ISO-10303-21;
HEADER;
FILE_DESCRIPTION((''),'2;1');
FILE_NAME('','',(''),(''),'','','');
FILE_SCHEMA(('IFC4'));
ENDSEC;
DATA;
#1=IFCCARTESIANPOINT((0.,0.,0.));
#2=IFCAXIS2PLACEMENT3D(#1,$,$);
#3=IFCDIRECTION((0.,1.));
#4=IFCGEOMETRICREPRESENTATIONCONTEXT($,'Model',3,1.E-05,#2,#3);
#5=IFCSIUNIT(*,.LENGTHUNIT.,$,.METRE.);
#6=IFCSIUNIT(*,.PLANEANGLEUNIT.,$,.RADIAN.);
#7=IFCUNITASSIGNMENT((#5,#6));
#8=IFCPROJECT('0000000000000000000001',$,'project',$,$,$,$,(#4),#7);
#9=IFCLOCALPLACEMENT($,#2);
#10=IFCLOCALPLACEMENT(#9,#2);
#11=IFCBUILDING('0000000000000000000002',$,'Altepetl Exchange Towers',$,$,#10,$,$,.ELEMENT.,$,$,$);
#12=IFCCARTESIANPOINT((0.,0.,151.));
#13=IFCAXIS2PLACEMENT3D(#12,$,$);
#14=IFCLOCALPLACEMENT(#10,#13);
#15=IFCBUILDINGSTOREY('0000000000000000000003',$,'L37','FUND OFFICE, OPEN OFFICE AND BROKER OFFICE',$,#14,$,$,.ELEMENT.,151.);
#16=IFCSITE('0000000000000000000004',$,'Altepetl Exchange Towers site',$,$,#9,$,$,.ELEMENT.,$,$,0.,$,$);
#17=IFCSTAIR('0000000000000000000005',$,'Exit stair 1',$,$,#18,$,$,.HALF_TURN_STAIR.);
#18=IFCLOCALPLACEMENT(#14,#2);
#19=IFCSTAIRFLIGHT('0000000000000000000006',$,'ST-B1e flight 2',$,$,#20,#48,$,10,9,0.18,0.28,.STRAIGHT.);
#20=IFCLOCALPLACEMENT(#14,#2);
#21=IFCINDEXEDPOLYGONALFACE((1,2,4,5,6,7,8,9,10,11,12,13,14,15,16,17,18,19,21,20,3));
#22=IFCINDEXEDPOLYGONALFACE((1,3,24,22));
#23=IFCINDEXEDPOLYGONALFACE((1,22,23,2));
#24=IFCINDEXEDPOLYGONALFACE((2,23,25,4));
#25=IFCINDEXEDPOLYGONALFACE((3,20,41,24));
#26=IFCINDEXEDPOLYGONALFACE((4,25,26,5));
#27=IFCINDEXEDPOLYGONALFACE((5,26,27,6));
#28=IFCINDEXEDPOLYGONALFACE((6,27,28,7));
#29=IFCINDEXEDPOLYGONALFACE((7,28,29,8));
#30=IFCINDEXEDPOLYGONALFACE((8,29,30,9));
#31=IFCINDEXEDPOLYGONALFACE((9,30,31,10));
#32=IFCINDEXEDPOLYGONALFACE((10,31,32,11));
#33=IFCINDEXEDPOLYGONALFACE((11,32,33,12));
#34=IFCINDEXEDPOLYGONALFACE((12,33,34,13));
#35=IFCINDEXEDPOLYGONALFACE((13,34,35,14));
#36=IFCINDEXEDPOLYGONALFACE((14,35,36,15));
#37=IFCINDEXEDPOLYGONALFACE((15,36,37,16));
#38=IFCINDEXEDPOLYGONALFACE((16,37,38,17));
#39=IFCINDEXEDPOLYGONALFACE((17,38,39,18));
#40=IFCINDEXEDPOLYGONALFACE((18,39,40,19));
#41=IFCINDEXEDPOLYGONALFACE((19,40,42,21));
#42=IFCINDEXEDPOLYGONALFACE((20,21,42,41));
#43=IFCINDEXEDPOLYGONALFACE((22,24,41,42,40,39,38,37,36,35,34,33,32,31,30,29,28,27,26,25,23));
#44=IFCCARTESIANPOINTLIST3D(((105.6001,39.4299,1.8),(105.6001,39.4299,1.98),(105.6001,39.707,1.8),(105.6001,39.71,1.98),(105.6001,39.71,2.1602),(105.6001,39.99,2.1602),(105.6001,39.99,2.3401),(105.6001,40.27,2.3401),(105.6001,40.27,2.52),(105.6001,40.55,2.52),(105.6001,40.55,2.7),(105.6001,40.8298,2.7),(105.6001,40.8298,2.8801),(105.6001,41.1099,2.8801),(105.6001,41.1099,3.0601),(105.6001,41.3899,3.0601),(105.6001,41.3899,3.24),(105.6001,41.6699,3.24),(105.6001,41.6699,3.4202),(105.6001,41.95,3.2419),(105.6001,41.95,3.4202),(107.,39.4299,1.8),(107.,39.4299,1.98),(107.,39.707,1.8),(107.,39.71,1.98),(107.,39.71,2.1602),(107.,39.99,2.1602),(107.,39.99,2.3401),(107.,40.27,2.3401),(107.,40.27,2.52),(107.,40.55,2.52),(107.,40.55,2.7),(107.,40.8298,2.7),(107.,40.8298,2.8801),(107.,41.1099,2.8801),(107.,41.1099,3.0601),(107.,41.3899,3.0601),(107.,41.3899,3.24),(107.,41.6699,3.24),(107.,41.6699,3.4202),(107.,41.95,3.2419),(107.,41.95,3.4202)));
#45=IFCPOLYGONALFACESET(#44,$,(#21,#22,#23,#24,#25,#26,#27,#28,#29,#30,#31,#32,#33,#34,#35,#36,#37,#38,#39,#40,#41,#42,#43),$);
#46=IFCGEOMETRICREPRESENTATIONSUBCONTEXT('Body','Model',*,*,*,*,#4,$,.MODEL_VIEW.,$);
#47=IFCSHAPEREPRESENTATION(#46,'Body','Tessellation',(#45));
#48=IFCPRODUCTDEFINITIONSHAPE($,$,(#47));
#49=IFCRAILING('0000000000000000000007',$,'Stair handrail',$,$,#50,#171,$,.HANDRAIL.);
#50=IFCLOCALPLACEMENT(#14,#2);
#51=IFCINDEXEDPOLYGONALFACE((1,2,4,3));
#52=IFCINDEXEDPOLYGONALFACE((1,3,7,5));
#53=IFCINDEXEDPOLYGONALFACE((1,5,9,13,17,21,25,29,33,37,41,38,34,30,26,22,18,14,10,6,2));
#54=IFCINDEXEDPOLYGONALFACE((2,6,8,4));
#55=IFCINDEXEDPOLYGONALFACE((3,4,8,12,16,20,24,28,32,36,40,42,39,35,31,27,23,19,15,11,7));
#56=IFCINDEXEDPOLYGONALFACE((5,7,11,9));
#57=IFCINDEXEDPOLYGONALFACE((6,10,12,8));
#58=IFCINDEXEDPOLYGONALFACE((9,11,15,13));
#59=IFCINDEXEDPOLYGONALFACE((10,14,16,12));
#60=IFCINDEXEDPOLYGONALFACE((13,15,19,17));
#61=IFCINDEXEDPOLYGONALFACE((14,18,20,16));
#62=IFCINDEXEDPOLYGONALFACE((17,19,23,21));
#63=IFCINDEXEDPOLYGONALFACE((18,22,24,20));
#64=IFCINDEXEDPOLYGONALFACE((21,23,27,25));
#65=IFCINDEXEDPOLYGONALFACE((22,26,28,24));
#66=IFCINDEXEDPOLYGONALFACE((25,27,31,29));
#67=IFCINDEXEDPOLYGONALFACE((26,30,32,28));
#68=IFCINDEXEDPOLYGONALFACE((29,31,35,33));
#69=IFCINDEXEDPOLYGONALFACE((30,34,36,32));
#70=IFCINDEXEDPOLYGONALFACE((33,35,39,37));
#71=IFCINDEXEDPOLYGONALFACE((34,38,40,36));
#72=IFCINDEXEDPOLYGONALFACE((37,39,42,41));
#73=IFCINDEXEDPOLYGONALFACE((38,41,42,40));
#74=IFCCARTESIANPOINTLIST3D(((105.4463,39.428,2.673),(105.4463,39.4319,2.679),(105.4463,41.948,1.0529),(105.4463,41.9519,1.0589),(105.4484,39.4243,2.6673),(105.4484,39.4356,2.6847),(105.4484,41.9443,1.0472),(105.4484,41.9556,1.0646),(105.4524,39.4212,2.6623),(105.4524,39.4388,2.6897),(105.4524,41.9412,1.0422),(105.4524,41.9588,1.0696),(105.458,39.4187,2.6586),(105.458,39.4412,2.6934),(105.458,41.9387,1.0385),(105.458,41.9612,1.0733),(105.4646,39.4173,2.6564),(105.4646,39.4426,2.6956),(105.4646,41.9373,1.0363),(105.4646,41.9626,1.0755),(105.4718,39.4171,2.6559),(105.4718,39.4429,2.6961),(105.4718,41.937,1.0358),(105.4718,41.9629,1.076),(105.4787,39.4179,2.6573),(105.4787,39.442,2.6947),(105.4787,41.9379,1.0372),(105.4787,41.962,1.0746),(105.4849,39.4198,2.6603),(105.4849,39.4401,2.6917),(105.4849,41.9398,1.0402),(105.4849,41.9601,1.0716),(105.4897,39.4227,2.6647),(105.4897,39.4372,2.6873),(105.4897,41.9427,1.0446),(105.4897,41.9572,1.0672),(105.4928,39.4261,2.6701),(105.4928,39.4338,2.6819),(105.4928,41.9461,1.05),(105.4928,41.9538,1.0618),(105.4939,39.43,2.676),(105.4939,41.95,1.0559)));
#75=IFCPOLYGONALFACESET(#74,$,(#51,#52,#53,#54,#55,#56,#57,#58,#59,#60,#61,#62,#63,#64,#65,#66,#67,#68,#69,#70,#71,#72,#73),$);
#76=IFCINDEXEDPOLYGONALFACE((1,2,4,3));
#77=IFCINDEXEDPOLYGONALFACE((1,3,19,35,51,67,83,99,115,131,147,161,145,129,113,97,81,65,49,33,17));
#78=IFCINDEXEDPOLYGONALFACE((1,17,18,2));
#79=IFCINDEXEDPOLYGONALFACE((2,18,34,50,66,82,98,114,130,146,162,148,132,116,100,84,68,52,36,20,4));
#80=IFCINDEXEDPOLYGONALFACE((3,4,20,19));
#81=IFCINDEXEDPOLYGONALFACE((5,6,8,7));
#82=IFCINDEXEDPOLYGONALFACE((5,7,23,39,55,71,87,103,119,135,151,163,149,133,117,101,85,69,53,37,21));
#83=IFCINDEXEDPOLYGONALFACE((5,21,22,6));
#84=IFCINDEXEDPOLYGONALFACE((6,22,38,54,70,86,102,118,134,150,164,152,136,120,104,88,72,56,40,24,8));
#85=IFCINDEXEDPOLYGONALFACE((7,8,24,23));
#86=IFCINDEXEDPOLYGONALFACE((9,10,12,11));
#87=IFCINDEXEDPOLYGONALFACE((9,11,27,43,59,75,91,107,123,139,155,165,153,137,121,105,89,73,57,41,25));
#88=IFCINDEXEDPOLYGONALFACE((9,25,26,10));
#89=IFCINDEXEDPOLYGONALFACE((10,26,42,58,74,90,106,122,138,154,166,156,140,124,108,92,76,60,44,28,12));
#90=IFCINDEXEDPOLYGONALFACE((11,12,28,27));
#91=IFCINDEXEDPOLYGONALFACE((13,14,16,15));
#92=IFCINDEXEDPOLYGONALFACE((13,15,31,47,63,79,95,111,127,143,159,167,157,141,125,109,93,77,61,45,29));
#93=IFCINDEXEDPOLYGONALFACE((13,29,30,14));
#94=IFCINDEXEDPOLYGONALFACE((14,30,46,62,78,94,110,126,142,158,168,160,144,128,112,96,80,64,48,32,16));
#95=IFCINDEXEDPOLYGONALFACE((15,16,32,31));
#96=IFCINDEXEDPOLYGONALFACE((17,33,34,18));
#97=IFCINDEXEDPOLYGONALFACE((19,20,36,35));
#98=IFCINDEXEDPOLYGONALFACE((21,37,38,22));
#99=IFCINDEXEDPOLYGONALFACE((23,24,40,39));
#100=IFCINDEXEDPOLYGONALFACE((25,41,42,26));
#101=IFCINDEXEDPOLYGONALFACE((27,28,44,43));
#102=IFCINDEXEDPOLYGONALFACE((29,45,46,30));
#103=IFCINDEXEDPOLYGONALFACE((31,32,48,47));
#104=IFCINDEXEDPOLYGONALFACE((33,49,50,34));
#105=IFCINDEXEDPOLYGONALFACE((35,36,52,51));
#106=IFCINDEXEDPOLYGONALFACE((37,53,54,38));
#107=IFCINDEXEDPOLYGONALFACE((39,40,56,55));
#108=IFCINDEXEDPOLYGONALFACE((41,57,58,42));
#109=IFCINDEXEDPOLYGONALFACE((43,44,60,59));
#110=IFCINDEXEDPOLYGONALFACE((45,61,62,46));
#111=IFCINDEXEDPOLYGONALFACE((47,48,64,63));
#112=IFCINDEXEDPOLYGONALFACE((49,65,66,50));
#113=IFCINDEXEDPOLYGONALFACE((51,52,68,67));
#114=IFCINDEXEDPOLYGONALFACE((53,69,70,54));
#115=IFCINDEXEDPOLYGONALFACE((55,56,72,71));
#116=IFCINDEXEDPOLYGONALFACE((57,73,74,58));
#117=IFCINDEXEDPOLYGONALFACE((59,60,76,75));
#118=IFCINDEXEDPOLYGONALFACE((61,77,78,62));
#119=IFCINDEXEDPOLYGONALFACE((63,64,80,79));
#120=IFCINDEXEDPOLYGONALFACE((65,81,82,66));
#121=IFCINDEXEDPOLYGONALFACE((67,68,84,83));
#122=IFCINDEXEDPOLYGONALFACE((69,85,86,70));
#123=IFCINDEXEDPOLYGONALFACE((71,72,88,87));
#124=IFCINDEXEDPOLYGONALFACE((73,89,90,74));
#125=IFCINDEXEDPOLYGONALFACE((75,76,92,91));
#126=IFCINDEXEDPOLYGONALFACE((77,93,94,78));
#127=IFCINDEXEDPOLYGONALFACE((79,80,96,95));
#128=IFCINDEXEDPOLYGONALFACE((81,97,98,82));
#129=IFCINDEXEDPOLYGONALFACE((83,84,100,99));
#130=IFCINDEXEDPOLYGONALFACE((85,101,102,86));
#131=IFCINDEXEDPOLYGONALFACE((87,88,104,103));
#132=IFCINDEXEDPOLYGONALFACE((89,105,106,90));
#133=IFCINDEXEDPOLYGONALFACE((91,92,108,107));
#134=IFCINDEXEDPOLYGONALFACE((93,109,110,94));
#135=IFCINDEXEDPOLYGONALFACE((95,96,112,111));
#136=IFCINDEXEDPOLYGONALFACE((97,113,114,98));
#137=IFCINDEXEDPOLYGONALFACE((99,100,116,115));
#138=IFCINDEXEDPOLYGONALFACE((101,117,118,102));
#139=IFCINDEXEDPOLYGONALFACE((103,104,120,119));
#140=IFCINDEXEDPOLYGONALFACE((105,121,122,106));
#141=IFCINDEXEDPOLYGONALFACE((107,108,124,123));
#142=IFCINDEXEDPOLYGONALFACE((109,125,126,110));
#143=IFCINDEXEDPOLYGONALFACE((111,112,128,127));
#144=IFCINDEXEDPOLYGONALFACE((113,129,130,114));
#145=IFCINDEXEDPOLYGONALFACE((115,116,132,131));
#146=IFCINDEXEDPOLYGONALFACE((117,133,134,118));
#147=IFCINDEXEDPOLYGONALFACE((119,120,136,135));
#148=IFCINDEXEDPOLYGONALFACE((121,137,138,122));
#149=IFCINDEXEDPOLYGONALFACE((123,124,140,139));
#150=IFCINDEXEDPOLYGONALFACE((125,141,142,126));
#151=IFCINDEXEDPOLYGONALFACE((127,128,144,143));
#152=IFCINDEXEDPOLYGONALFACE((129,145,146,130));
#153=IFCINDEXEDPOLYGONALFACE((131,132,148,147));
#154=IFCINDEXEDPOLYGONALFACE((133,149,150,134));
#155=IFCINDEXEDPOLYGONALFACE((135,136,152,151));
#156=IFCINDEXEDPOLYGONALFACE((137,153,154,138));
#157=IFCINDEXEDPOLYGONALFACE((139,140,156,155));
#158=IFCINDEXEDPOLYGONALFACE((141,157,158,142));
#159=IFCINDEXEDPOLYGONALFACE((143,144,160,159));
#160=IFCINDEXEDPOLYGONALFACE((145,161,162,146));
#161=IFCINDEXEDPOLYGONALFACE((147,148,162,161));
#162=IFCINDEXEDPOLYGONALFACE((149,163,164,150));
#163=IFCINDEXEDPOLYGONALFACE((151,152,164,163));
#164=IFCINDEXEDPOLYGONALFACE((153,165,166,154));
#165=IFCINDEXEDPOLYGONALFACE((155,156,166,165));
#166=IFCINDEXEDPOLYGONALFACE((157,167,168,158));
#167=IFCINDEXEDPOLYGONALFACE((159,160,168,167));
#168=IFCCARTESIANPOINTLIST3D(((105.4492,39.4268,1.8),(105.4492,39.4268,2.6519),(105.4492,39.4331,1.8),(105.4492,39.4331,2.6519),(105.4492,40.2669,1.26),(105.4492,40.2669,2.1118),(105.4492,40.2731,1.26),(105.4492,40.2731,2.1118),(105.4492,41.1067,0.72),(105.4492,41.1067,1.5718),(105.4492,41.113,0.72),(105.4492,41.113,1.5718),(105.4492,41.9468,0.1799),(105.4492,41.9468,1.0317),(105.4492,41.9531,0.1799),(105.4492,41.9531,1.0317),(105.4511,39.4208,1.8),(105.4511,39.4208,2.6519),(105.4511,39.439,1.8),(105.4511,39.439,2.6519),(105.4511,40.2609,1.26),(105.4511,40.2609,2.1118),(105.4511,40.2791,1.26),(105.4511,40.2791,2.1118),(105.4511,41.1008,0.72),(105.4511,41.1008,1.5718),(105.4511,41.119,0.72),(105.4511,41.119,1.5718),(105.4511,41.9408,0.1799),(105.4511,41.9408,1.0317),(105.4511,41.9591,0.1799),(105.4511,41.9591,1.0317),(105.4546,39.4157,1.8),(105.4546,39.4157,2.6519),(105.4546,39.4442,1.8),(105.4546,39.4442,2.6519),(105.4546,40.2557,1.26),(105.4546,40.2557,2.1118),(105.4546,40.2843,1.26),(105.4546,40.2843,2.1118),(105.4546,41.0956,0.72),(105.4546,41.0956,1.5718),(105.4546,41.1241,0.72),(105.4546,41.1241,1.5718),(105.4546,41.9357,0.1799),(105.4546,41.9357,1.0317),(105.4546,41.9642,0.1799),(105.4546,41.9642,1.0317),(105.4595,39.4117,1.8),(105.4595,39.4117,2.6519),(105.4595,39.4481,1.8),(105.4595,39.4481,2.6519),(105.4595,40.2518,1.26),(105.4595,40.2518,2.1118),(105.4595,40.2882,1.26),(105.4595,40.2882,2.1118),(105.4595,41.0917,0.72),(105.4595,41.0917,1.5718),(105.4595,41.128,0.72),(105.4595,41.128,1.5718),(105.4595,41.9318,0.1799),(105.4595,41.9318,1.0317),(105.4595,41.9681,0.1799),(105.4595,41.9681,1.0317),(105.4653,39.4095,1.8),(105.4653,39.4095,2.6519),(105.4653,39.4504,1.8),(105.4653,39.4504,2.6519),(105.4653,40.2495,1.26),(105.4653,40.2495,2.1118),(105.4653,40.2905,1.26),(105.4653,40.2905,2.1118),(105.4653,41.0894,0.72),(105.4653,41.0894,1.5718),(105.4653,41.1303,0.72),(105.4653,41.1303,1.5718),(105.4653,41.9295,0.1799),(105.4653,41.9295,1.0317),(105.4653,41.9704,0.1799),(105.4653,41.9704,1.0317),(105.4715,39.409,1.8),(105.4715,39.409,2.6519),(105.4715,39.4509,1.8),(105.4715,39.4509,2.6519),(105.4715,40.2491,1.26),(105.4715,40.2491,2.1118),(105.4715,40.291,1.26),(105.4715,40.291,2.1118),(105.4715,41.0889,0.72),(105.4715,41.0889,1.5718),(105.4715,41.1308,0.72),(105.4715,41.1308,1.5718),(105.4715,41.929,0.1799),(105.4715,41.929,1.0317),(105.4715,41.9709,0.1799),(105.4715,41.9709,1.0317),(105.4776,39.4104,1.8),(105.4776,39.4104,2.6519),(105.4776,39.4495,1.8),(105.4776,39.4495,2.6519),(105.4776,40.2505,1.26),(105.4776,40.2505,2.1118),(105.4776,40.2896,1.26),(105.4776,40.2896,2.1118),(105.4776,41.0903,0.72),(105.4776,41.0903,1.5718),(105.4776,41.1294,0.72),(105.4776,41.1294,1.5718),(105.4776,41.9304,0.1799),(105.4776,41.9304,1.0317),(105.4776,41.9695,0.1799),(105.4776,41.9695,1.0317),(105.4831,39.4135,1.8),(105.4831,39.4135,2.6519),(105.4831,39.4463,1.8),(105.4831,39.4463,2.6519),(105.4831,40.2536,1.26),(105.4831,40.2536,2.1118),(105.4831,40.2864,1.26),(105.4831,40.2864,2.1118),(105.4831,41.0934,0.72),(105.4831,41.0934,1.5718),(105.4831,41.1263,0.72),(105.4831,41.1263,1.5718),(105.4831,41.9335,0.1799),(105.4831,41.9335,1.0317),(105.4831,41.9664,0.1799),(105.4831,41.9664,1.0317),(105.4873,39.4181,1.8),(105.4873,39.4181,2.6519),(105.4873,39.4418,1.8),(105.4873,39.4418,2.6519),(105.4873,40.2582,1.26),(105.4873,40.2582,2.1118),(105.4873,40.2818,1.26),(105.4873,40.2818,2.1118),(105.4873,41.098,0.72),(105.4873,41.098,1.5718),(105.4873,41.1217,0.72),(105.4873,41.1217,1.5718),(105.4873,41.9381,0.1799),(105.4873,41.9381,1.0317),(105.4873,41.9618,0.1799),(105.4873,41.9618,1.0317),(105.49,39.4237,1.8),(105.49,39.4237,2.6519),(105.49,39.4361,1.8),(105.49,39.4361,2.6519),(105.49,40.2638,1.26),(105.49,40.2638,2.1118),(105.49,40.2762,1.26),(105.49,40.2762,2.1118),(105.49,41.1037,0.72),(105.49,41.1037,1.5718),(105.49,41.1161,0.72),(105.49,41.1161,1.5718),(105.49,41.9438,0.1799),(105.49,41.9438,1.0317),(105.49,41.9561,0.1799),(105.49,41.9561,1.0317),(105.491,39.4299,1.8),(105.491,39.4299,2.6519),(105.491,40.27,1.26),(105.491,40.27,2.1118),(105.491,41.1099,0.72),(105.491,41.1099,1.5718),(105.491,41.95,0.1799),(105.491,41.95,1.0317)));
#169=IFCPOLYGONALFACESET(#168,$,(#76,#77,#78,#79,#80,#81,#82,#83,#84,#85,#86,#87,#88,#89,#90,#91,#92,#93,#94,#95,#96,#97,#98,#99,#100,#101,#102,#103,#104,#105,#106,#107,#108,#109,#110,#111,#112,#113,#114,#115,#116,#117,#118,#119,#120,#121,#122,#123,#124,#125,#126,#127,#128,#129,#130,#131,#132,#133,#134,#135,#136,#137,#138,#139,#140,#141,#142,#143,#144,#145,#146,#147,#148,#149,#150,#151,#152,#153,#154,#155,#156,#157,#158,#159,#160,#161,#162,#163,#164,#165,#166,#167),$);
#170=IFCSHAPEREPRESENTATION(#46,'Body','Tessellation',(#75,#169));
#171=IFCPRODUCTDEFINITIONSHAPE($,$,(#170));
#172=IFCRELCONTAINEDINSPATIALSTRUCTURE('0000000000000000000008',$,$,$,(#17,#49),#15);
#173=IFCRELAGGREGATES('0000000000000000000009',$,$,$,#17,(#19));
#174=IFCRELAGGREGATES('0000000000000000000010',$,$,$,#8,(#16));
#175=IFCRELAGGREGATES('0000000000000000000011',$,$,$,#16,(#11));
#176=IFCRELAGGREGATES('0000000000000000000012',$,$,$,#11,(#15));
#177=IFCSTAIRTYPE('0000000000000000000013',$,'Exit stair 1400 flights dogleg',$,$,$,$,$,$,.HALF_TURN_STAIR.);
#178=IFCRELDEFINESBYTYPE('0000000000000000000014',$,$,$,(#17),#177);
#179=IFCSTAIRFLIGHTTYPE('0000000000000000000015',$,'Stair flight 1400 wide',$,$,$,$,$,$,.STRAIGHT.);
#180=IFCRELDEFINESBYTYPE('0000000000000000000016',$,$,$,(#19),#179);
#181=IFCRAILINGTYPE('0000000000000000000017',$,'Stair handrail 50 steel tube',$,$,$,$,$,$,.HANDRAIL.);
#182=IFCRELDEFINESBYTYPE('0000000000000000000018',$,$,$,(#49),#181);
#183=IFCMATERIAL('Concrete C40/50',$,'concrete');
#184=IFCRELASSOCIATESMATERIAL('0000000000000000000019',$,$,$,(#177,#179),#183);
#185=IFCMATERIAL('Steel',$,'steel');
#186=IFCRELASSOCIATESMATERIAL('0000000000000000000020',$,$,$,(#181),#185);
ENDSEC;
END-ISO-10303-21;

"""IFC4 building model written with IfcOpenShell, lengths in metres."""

from ifc_helpers import new_model, si_unit, direction, frame, origin, origin_2d, place, context, subcontext, project, spatial, polyline, circle, outline, extrude, source, transform, mapped, material, type_object, element, aggregate, save


model = new_model("IFC4")

# Units and contexts
model_context = context("Model", 3, precision=1e-05, world=origin(), true_north=direction((0.0, 1.0)))
body_context = subcontext(model_context, "Body", "Model", "MODEL_VIEW")
ifc_project = project(units=[si_unit("LENGTHUNIT", "METRE"), si_unit("PLANEANGLEUNIT", "RADIAN")], contexts=[model_context])

# Site, building, storey
site_placement = place(None, origin())
site = spatial("IfcSite", under=ifc_project, at=site_placement, Name="Altepetl Exchange Towers site", CompositionType="ELEMENT", RefElevation=0.0)
building_placement = place(site_placement, origin())
building = spatial("IfcBuilding", under=site, at=building_placement, Name="Altepetl Exchange Towers", CompositionType="ELEMENT")
storey_placement = place(building_placement, frame((0.0, 0.0, 151.0)))
storey = spatial("IfcBuildingStorey", under=building, at=storey_placement, Name="L37", Description="FUND OFFICE, OPEN OFFICE AND BROKER OFFICE", CompositionType="ELEMENT", Elevation=151.0)

# Shared definitions
ifc_material_1 = material(Name="Concrete C40/50", Category="concrete")

# Stair, stair flight
stair_type = type_object("IfcStairType", Name="Exit stair 1400 flights dogleg", PredefinedType="HALF_TURN_STAIR", material=ifc_material_1)
stair_placement = place(storey_placement, origin())
stair = element("IfcStair", 1, at=stair_placement, inside=storey, type_object=stair_type, Name="Exit stair 1", PredefinedType="HALF_TURN_STAIR")
stair_flight_type = type_object("IfcStairFlightType", Name="Stair flight 1400 wide", PredefinedType="STRAIGHT", material=ifc_material_1)
stair_flight_1_placement = place(storey_placement, frame((106.3, 39.4299, 1.8), z_axis=(0.0, 0.0, 1.0), x_axis=(0.0, 1.0, 0.0)))
stair_flight_1 = element("IfcStairFlight", 2, at=stair_flight_1_placement, type_object=stair_flight_type, Name="ST-B1e flight 2", NumberOfRisers=10, NumberOfTreads=9, PredefinedType="STRAIGHT", RiserHeight=0.18, TreadLength=0.28, context=body_context, shape_type="SweptSolid", body=[
    extrude(outline(polyline([(0.0, 0.0), (0.0, 0.1799), (0.28, 0.1799), (0.28, 0.3601), (0.5601, 0.3601), (0.5601, 0.54), (0.8401, 0.54), (0.8401, 0.72), (1.1201, 0.72), (1.1201, 0.8999), (1.3999, 0.8999), (1.3999, 1.0801), (1.6799, 1.0801), (1.6799, 1.26), (1.96, 1.26), (1.96, 1.4399), (2.24, 1.4399), (2.24, 1.6201), (2.52, 1.6201), (2.52, 1.8), (2.52, 1.4419), (0.2771, 0.0), (0.0, 0.0)])), frame((0.0, 0.7, 0.0), z_axis=(0.0, -1.0, 0.0), x_axis=(1.0, 0.0, 0.0)), (0.0, 0.0, 1.0), 1.3999),
])
aggregate(stair, [stair_flight_1])

# Railing
ifc_material_2 = material(Name="Steel", Category="steel")
railing_type = type_object("IfcRailingType", Name="Stair handrail 50 steel tube", PredefinedType="HANDRAIL", material=ifc_material_2)
shared_shape = source(origin(), body_context, "Body", "SweptSolid", [
    extrude(circle(Radius=0.021, at=origin_2d()), origin(), (0.0, 0.0, 1.0), 0.8518),
])
railing_1_placement = place(storey_placement, frame((105.47, 41.95, 0.1799)))
element("IfcRailing", 3, at=railing_1_placement, inside=storey, type_object=railing_type, Name="Stair handrail", PredefinedType="HANDRAIL", context=body_context, shape_type="SweptSolid", body=[
    extrude(circle(Radius=0.0239, at=origin_2d()), frame((0.0, 0.0, 0.876), z_axis=(0.0, -0.841163, 0.540782), x_axis=(1.0, 0.0, 0.0)), (0.0, 0.0, 1.0), 2.9958),
    mapped(shared_shape, transform((0.0, 0.0, 0.0))),
    mapped(shared_shape, transform((0.0, -0.8401, 0.54))),
    mapped(shared_shape, transform((0.0, -1.6799, 1.0801))),
    mapped(shared_shape, transform((0.0, -2.52, 1.6201))),
])

save(model, "model.ifc")
